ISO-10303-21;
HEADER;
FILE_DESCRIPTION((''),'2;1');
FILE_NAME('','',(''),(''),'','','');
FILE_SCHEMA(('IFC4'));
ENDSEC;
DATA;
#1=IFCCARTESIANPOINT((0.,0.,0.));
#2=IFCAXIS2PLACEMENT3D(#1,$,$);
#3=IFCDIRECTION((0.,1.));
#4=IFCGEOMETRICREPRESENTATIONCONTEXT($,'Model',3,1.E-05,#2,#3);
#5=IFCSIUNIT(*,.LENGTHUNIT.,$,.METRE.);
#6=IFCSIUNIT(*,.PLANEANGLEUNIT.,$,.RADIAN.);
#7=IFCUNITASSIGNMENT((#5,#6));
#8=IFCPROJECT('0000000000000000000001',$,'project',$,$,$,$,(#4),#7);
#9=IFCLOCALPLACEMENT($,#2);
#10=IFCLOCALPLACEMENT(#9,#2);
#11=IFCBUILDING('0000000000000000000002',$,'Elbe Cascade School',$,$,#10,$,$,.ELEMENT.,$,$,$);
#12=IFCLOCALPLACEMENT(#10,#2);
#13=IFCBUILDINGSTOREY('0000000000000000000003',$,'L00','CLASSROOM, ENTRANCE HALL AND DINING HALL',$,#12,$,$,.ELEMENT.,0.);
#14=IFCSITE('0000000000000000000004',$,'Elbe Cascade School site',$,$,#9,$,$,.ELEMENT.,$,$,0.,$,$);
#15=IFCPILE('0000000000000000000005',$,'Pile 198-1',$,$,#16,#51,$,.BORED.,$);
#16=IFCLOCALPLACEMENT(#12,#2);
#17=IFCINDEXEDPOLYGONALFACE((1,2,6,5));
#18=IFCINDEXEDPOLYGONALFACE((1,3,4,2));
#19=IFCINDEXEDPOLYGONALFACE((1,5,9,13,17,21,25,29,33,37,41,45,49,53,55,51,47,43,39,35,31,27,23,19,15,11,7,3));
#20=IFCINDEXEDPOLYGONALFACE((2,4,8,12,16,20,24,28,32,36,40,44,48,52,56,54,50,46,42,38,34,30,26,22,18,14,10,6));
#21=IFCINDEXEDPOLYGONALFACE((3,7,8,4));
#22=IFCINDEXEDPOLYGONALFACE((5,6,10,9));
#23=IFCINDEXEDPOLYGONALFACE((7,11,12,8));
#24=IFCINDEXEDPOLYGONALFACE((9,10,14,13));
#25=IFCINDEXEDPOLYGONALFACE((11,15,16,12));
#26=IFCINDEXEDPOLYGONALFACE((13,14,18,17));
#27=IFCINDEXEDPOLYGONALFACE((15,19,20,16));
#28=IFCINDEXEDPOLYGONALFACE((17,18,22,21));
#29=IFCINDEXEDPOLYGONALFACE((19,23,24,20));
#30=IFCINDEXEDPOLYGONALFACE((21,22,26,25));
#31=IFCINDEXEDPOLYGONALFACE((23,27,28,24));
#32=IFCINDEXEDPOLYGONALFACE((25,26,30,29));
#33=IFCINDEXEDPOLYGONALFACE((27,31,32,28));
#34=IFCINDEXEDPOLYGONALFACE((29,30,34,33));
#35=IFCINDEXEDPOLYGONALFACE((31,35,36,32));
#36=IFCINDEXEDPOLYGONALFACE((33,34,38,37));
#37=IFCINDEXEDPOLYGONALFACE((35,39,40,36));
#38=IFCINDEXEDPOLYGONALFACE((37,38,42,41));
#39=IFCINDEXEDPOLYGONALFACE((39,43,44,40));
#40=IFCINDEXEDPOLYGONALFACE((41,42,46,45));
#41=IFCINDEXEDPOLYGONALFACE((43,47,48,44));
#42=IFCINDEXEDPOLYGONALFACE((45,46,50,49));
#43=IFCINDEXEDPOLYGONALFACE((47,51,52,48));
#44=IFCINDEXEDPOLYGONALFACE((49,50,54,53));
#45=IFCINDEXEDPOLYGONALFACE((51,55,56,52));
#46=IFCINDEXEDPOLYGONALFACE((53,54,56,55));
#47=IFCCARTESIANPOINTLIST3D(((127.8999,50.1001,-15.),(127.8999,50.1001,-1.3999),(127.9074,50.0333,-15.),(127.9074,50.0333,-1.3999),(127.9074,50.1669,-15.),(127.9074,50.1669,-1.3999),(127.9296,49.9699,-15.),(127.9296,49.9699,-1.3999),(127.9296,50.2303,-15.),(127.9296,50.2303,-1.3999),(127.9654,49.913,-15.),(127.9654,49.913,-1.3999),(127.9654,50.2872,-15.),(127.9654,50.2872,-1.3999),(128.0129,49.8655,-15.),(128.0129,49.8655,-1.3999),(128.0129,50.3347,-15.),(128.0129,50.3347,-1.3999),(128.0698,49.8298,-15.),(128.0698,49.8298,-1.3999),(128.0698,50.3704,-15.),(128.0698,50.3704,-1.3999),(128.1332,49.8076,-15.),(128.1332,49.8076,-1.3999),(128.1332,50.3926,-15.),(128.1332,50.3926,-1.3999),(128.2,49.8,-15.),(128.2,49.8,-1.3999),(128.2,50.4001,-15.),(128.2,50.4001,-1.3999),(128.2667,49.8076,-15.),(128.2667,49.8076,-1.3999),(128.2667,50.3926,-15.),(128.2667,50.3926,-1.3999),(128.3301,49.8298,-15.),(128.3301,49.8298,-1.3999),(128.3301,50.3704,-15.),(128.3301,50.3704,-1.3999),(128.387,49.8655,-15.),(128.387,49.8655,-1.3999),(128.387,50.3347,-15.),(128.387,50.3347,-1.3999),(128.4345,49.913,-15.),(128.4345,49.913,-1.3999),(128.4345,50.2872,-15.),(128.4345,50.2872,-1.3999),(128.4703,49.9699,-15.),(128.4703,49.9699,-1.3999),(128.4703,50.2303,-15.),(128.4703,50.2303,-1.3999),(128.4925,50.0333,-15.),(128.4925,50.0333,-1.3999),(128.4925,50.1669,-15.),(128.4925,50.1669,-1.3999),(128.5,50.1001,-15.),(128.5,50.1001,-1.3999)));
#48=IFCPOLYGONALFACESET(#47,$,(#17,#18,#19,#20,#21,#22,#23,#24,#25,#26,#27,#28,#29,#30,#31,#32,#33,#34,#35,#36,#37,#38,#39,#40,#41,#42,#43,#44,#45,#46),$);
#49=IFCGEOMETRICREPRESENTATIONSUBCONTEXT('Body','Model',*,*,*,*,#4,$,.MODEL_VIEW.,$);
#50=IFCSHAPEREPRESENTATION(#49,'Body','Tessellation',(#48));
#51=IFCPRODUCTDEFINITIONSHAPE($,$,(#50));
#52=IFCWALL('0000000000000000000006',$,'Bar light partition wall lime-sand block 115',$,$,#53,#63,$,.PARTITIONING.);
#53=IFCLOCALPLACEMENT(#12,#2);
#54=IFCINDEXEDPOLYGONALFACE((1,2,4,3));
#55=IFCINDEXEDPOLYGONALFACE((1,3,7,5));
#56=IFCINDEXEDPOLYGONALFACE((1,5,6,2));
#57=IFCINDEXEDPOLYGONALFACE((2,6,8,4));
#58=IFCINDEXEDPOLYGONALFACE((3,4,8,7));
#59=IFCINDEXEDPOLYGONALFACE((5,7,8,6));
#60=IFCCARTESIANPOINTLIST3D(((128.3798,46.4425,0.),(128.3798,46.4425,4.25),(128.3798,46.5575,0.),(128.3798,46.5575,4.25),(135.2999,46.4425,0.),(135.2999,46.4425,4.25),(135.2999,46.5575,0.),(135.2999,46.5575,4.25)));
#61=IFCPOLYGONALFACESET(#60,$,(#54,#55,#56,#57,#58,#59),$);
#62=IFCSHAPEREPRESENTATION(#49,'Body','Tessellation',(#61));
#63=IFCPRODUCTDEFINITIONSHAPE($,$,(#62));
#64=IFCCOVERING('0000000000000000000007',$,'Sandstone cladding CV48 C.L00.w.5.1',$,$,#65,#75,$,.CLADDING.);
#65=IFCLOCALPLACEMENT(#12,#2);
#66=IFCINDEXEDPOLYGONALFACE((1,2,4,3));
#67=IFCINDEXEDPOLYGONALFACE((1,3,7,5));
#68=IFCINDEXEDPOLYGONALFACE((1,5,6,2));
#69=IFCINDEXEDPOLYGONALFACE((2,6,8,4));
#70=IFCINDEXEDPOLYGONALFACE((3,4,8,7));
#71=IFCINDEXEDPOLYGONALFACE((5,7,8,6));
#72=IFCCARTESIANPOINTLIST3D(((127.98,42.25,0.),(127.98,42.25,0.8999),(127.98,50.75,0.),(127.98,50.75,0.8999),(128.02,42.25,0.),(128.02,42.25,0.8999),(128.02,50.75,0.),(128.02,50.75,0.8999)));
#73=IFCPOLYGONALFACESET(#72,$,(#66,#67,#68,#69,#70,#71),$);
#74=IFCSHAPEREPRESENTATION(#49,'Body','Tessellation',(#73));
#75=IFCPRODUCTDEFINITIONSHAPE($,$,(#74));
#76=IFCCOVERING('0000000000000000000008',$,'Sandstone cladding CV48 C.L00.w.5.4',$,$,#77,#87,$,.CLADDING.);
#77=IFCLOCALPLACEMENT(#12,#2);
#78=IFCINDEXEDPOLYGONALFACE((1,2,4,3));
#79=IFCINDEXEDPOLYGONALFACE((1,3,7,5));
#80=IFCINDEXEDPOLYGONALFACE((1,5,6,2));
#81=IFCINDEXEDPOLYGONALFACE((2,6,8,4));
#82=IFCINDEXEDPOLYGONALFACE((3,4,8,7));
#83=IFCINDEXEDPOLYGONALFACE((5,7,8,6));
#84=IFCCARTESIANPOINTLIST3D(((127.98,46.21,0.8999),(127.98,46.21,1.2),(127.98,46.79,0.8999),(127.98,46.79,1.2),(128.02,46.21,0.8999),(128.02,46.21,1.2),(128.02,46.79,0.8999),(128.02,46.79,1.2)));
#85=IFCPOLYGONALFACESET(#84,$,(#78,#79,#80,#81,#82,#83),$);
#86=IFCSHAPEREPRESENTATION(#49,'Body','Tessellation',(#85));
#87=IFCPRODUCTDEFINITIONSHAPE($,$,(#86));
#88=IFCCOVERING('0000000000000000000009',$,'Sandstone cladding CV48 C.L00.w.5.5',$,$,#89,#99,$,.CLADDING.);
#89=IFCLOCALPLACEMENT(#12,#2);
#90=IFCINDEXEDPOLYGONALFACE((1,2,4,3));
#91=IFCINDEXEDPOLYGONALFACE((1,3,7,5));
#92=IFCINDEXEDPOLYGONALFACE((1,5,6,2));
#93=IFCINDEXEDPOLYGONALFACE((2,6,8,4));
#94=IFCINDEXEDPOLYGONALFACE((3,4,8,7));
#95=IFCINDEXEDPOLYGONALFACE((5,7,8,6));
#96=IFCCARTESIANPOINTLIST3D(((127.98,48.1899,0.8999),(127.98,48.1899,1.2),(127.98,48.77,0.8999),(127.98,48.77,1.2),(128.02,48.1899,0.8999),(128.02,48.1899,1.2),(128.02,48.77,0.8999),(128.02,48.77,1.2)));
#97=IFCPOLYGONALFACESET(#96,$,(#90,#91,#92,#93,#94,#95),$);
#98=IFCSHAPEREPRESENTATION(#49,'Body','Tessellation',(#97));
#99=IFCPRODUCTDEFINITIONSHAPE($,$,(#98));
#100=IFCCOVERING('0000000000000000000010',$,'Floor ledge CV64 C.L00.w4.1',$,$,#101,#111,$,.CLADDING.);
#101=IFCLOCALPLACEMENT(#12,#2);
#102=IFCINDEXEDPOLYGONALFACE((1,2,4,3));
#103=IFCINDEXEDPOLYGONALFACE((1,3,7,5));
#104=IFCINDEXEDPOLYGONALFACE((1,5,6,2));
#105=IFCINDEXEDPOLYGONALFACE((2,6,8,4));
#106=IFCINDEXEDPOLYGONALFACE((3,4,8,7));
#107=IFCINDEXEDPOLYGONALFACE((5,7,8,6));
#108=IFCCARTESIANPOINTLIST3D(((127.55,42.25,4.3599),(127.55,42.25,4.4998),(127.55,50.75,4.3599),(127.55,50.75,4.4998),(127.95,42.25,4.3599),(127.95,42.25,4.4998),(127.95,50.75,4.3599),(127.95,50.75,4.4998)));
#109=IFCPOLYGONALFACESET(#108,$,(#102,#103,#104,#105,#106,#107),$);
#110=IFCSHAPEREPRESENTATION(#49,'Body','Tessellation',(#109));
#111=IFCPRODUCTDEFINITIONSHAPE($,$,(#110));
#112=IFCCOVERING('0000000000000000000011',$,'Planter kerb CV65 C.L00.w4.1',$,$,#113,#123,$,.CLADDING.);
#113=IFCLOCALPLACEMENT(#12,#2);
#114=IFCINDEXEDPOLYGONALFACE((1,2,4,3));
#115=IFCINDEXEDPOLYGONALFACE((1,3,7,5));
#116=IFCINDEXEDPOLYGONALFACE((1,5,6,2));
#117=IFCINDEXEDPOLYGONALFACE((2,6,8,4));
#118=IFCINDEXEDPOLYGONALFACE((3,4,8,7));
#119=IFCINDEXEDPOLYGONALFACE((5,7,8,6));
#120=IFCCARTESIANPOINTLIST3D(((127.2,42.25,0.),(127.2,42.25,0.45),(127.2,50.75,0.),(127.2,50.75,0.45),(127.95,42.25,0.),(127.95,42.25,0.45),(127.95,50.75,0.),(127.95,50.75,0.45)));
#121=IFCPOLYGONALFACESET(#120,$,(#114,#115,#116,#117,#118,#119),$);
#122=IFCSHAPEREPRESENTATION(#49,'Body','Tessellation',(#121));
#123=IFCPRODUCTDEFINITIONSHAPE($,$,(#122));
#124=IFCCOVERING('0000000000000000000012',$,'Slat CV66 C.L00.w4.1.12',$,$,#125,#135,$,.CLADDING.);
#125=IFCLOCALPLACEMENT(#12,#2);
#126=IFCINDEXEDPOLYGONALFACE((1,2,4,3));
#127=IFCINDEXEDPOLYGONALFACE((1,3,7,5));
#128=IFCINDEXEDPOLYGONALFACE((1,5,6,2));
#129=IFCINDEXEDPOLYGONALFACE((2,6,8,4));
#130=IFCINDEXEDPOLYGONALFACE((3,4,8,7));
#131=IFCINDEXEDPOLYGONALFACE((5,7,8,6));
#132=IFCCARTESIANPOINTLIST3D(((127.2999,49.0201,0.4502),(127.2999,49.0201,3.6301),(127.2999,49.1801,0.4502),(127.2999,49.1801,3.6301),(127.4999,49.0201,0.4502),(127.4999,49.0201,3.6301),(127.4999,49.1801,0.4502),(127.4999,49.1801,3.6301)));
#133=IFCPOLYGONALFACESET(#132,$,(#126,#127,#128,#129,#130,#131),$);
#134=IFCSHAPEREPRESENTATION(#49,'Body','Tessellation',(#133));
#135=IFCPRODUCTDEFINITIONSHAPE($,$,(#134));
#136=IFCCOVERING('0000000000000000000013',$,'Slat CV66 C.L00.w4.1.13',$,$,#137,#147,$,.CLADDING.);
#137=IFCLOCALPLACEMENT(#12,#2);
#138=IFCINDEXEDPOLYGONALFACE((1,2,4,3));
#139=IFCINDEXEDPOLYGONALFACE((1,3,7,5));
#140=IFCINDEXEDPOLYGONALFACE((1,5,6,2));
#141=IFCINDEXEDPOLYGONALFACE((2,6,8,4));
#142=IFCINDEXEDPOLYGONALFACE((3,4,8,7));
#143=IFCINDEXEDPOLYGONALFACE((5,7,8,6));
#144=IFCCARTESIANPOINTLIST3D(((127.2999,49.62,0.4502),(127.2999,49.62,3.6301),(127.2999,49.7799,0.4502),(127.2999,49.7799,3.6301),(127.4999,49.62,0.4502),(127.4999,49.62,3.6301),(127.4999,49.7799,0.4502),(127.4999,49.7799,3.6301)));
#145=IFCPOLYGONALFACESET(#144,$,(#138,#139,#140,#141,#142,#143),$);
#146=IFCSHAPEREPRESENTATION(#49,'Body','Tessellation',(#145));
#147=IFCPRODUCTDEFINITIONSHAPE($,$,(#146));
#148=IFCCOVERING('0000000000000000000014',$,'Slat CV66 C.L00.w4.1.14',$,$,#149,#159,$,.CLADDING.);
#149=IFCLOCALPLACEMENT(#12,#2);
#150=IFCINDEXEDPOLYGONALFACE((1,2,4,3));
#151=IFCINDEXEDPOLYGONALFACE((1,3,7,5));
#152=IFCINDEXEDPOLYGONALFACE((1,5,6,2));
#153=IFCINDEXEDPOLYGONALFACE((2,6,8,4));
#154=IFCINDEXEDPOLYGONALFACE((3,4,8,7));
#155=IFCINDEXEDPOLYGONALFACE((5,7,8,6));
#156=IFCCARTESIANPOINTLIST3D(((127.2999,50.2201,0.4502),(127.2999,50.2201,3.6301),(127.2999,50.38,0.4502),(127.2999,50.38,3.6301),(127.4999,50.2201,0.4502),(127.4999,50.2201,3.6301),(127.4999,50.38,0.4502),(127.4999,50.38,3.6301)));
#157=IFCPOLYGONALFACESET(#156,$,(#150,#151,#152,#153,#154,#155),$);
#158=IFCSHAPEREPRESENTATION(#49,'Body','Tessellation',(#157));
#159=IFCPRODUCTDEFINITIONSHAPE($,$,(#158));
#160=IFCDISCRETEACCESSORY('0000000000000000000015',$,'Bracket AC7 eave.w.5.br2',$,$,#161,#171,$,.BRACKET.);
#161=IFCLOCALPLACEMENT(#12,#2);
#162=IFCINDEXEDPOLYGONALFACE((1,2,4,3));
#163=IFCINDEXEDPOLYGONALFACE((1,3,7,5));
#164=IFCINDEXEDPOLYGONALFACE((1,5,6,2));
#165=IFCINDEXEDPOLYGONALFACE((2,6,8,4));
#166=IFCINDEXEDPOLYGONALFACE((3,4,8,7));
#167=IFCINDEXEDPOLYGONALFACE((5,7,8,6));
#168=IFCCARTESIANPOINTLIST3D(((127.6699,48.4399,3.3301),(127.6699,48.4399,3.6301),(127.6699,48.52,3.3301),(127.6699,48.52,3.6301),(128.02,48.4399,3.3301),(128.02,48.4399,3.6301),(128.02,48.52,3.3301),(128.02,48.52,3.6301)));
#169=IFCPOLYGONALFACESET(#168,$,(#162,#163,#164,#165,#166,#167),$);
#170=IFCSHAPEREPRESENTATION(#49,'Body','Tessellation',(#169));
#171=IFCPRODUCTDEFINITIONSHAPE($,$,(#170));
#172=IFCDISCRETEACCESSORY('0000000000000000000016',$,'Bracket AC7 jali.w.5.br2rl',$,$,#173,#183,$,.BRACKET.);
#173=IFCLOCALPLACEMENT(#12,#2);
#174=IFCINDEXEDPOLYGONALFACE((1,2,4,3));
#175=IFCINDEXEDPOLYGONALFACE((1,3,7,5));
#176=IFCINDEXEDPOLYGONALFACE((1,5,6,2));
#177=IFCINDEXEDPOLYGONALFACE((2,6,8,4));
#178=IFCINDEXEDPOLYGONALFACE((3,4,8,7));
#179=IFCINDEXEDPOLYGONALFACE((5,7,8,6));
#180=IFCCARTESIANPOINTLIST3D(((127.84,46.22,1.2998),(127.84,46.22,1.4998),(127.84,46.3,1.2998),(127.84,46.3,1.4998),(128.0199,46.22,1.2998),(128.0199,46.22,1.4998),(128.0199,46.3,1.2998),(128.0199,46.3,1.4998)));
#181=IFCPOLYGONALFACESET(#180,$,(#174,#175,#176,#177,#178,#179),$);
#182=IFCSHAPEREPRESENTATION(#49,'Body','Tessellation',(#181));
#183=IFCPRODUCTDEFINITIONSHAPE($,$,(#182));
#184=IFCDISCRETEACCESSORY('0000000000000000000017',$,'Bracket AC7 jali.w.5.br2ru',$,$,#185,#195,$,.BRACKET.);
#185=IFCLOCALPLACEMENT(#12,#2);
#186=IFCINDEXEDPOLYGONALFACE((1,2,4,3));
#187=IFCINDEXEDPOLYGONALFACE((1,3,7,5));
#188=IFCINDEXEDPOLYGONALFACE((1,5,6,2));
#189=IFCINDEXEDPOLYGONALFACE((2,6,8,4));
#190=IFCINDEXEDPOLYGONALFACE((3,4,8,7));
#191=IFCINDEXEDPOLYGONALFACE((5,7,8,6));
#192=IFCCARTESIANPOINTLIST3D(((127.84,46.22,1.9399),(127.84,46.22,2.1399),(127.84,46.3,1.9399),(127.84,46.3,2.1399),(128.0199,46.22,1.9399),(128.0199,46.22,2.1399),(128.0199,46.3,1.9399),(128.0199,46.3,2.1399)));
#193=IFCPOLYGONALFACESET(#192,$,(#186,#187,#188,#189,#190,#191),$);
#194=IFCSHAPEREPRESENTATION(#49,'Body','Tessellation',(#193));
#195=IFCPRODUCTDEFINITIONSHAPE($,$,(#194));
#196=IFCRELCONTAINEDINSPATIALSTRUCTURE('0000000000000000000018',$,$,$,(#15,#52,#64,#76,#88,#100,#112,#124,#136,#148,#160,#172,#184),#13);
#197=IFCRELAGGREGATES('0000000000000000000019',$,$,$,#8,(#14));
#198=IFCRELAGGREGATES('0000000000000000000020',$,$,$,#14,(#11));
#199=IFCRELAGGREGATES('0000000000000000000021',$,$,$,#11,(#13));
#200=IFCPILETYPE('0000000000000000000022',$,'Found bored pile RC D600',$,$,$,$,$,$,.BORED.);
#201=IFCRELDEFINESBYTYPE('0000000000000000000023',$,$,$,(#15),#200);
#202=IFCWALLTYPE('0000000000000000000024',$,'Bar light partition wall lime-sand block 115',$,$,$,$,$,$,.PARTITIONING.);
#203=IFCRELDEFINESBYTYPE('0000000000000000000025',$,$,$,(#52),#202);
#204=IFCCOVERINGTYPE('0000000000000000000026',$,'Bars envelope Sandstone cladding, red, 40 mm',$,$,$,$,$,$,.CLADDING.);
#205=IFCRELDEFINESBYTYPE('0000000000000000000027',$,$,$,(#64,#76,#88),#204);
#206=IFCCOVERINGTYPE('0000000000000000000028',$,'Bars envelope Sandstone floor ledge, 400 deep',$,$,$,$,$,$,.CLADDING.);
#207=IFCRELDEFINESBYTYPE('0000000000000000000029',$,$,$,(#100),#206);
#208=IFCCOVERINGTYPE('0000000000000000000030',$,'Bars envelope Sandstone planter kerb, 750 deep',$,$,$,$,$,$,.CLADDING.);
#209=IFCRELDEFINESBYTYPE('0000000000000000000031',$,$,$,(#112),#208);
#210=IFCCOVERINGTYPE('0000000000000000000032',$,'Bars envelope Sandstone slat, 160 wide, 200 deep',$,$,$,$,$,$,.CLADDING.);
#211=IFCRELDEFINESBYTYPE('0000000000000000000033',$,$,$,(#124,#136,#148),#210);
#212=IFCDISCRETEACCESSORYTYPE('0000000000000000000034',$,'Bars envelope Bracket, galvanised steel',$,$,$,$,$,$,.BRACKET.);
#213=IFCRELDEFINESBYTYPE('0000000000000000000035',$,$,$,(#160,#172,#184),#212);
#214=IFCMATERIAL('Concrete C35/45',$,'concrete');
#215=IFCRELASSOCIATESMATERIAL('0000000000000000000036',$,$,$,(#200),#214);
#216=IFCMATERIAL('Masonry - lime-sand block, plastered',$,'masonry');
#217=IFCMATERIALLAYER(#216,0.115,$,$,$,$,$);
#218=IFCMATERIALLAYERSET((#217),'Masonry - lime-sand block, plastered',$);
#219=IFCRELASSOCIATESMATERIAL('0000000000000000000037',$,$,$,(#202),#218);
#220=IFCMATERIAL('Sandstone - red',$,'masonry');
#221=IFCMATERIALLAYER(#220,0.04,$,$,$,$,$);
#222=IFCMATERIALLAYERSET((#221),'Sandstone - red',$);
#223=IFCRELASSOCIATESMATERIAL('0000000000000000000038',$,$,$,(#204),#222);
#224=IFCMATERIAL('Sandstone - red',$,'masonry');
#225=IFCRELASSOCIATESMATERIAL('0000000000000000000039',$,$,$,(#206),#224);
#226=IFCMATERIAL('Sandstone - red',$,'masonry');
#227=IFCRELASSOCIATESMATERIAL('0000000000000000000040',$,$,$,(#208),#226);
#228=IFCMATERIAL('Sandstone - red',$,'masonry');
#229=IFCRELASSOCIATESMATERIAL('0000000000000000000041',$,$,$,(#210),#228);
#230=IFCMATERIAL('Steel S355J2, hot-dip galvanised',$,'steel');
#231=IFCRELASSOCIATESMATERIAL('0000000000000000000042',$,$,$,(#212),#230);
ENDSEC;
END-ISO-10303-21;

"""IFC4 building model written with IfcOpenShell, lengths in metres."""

from ifc_helpers import new_model, si_unit, direction, frame, frame_2d, origin, origin_2d, place, context, subcontext, project, spatial, rectangle, circle, extrude, material, layer, layer_set, material_profile, profile_set, type_object, element, save


model = new_model("IFC4")

# Units and contexts
model_context = context("Model", 3, precision=1e-05, world=origin(), true_north=direction((0.0, 1.0)))
body_context = subcontext(model_context, "Body", "Model", "MODEL_VIEW")
ifc_project = project(units=[si_unit("LENGTHUNIT", "METRE"), si_unit("PLANEANGLEUNIT", "RADIAN")], contexts=[model_context])

# Site, building, storey
site_placement = place(None, origin())
site = spatial("IfcSite", under=ifc_project, at=site_placement, Name="Elbe Cascade School site", CompositionType="ELEMENT", RefElevation=0.0)
building_placement = place(site_placement, origin())
building = spatial("IfcBuilding", under=site, at=building_placement, Name="Elbe Cascade School", CompositionType="ELEMENT")
storey_placement = place(building_placement, origin())
storey = spatial("IfcBuildingStorey", under=building, at=storey_placement, Name="L00", Description="CLASSROOM, ENTRANCE HALL AND DINING HALL", CompositionType="ELEMENT", Elevation=0.0)

# Pile
ifc_material_1 = material(Name="Concrete C35/45", Category="concrete")
ifc_material_profile = material_profile(ifc_material_1, circle(Radius=0.3, at=origin_2d()), Name="RC D600")
ifc_profile_set = profile_set([ifc_material_profile], Name="Concrete C35/45")
pile_type = type_object("IfcPileType", Name="Found bored pile RC D600", PredefinedType="BORED", material=ifc_profile_set)
pile_placement = place(storey_placement, frame((128.2, 50.1001, -1.3999), z_axis=(0.0, 0.0, -1.0), x_axis=(1.0, 0.0, 0.0)))
element("IfcPile", 1, at=pile_placement, inside=storey, type_object=pile_type, Name="Pile 198-1", PredefinedType="BORED", context=body_context, shape_type="SweptSolid", body=[
    extrude(circle(Radius=0.3, at=origin_2d()), origin(), (0.0, 0.0, 1.0), 13.6001),
])

# Wall
ifc_material_2 = material(Name="Masonry - lime-sand block, plastered", Category="masonry")
ifc_layer_1 = layer(ifc_material_2, 0.115)
ifc_layer_set_1 = layer_set([ifc_layer_1], Name="Masonry - lime-sand block, plastered")
wall_type = type_object("IfcWallType", Name="Bar light partition wall lime-sand block 115", PredefinedType="PARTITIONING", material=ifc_layer_set_1)
wall_placement = place(storey_placement, frame((128.3799, 46.5, 0.0), z_axis=(0.0, 0.0, 1.0), x_axis=(1.0, 0.0, 0.0)))
element("IfcWall", 2, at=wall_placement, inside=storey, type_object=wall_type, Name="Bar light partition wall lime-sand block 115", PredefinedType="PARTITIONING", context=body_context, shape_type="SweptSolid", body=[
    extrude(rectangle(XDim=6.9202, YDim=0.115, at=frame_2d((3.46, 0.0))), origin(), (0.0, 0.0, 1.0), 4.25),
])

# Coverings
ifc_material_3 = material(Name="Sandstone - red", Category="masonry")
ifc_layer_2 = layer(ifc_material_3, 0.04)
ifc_layer_set_2 = layer_set([ifc_layer_2], Name="Sandstone - red")
covering_type_1 = type_object("IfcCoveringType", Name="Bars envelope Sandstone cladding, red, 40 mm", PredefinedType="CLADDING", material=ifc_layer_set_2)
covering_1_placement = place(storey_placement, frame((128.0, 46.5, 0.0), z_axis=(0.0, 0.0, 1.0), x_axis=(0.0, 1.0, 0.0)))
element("IfcCovering", 3, at=covering_1_placement, inside=storey, type_object=covering_type_1, Name="Sandstone cladding CV48 C.L00.w.5.1", PredefinedType="CLADDING", context=body_context, shape_type="SweptSolid", body=[
    extrude(rectangle(XDim=8.5, YDim=0.04, at=origin_2d()), origin(), (0.0, 0.0, 1.0), 0.8999),
])
for number, where, z_axis, x_axis, name in (
    (4, (128.0, 46.5, 0.8999), (0.0, 0.0, 1.0), (0.0, 1.0, 0.0), "Sandstone cladding CV48 C.L00.w.5.4"),
    (5, (128.0, 48.48, 0.8999), (0.0, 0.0, 1.0), (0.0, 1.0, 0.0), "Sandstone cladding CV48 C.L00.w.5.5"),
):
    element("IfcCovering", number, at=place(storey_placement, frame(where, z_axis=z_axis, x_axis=x_axis)), inside=storey, type_object=covering_type_1, Name=name, PredefinedType="CLADDING", context=body_context, shape_type="SweptSolid", body=[
        extrude(rectangle(XDim=0.5801, YDim=0.04, at=origin_2d()), origin(), (0.0, 0.0, 1.0), 0.3),
    ])
ifc_material_4 = material(Name="Sandstone - red", Category="masonry")
covering_type_2 = type_object("IfcCoveringType", Name="Bars envelope Sandstone floor ledge, 400 deep", PredefinedType="CLADDING", material=ifc_material_4)
covering_2_placement = place(storey_placement, frame((127.75, 46.5, 4.3599), z_axis=(0.0, 0.0, 1.0), x_axis=(0.0, 1.0, 0.0)))
element("IfcCovering", 6, at=covering_2_placement, inside=storey, type_object=covering_type_2, Name="Floor ledge CV64 C.L00.w4.1", PredefinedType="CLADDING", context=body_context, shape_type="SweptSolid", body=[
    extrude(rectangle(XDim=8.5, YDim=0.3999, at=origin_2d()), origin(), (0.0, 0.0, 1.0), 0.1399),
])
ifc_material_5 = material(Name="Sandstone - red", Category="masonry")
covering_type_3 = type_object("IfcCoveringType", Name="Bars envelope Sandstone planter kerb, 750 deep", PredefinedType="CLADDING", material=ifc_material_5)
covering_3_placement = place(storey_placement, frame((127.575, 46.5, 0.0), z_axis=(0.0, 0.0, 1.0), x_axis=(0.0, 1.0, 0.0)))
element("IfcCovering", 7, at=covering_3_placement, inside=storey, type_object=covering_type_3, Name="Planter kerb CV65 C.L00.w4.1", PredefinedType="CLADDING", context=body_context, shape_type="SweptSolid", body=[
    extrude(rectangle(XDim=8.5, YDim=0.75, at=origin_2d()), origin(), (0.0, 0.0, 1.0), 0.45),
])
ifc_material_6 = material(Name="Sandstone - red", Category="masonry")
covering_type_4 = type_object("IfcCoveringType", Name="Bars envelope Sandstone slat, 160 wide, 200 deep", PredefinedType="CLADDING", material=ifc_material_6)
for number, where, z_axis, x_axis, name in (
    (8, (127.3999, 49.1001, 0.4502), (0.0, 0.0, 1.0), (0.0, 1.0, 0.0), "Slat CV66 C.L00.w4.1.12"),
    (9, (127.3999, 49.7, 0.4502), (0.0, 0.0, 1.0), (0.0, 1.0, 0.0), "Slat CV66 C.L00.w4.1.13"),
    (10, (127.3999, 50.3, 0.4502), (0.0, 0.0, 1.0), (0.0, 1.0, 0.0), "Slat CV66 C.L00.w4.1.14"),
):
    element("IfcCovering", number, at=place(storey_placement, frame(where, z_axis=z_axis, x_axis=x_axis)), inside=storey, type_object=covering_type_4, Name=name, PredefinedType="CLADDING", context=body_context, shape_type="SweptSolid", body=[
        extrude(rectangle(XDim=0.1599, YDim=0.2, at=origin_2d()), origin(), (0.0, 0.0, 1.0), 3.1799),
    ])

# Discrete accessories
ifc_material_7 = material(Name="Steel S355J2, hot-dip galvanised", Category="steel")
discrete_accessory_type = type_object("IfcDiscreteAccessoryType", Name="Bars envelope Bracket, galvanised steel", PredefinedType="BRACKET", material=ifc_material_7)
discrete_accessory_placement = place(storey_placement, frame((127.845, 48.48, 3.3301), z_axis=(0.0, 0.0, 1.0), x_axis=(0.0, 1.0, 0.0)))
element("IfcDiscreteAccessory", 11, at=discrete_accessory_placement, inside=storey, type_object=discrete_accessory_type, Name="Bracket AC7 eave.w.5.br2", PredefinedType="BRACKET", context=body_context, shape_type="SweptSolid", body=[
    extrude(rectangle(XDim=0.0801, YDim=0.3501, at=origin_2d()), origin(), (0.0, 0.0, 1.0), 0.3),
])
for number, where, z_axis, x_axis, name in (
    (12, (127.9299, 46.26, 1.2998), (0.0, 0.0, 1.0), (0.0, 1.0, 0.0), "Bracket AC7 jali.w.5.br2rl"),
    (13, (127.9299, 46.26, 1.9399), (0.0, 0.0, 1.0), (0.0, 1.0, 0.0), "Bracket AC7 jali.w.5.br2ru"),
):
    element("IfcDiscreteAccessory", number, at=place(storey_placement, frame(where, z_axis=z_axis, x_axis=x_axis)), inside=storey, type_object=discrete_accessory_type, Name=name, PredefinedType="BRACKET", context=body_context, shape_type="SweptSolid", body=[
        extrude(rectangle(XDim=0.0801, YDim=0.1799, at=origin_2d()), origin(), (0.0, 0.0, 1.0), 0.2),
    ])

save(model, "model.ifc")
